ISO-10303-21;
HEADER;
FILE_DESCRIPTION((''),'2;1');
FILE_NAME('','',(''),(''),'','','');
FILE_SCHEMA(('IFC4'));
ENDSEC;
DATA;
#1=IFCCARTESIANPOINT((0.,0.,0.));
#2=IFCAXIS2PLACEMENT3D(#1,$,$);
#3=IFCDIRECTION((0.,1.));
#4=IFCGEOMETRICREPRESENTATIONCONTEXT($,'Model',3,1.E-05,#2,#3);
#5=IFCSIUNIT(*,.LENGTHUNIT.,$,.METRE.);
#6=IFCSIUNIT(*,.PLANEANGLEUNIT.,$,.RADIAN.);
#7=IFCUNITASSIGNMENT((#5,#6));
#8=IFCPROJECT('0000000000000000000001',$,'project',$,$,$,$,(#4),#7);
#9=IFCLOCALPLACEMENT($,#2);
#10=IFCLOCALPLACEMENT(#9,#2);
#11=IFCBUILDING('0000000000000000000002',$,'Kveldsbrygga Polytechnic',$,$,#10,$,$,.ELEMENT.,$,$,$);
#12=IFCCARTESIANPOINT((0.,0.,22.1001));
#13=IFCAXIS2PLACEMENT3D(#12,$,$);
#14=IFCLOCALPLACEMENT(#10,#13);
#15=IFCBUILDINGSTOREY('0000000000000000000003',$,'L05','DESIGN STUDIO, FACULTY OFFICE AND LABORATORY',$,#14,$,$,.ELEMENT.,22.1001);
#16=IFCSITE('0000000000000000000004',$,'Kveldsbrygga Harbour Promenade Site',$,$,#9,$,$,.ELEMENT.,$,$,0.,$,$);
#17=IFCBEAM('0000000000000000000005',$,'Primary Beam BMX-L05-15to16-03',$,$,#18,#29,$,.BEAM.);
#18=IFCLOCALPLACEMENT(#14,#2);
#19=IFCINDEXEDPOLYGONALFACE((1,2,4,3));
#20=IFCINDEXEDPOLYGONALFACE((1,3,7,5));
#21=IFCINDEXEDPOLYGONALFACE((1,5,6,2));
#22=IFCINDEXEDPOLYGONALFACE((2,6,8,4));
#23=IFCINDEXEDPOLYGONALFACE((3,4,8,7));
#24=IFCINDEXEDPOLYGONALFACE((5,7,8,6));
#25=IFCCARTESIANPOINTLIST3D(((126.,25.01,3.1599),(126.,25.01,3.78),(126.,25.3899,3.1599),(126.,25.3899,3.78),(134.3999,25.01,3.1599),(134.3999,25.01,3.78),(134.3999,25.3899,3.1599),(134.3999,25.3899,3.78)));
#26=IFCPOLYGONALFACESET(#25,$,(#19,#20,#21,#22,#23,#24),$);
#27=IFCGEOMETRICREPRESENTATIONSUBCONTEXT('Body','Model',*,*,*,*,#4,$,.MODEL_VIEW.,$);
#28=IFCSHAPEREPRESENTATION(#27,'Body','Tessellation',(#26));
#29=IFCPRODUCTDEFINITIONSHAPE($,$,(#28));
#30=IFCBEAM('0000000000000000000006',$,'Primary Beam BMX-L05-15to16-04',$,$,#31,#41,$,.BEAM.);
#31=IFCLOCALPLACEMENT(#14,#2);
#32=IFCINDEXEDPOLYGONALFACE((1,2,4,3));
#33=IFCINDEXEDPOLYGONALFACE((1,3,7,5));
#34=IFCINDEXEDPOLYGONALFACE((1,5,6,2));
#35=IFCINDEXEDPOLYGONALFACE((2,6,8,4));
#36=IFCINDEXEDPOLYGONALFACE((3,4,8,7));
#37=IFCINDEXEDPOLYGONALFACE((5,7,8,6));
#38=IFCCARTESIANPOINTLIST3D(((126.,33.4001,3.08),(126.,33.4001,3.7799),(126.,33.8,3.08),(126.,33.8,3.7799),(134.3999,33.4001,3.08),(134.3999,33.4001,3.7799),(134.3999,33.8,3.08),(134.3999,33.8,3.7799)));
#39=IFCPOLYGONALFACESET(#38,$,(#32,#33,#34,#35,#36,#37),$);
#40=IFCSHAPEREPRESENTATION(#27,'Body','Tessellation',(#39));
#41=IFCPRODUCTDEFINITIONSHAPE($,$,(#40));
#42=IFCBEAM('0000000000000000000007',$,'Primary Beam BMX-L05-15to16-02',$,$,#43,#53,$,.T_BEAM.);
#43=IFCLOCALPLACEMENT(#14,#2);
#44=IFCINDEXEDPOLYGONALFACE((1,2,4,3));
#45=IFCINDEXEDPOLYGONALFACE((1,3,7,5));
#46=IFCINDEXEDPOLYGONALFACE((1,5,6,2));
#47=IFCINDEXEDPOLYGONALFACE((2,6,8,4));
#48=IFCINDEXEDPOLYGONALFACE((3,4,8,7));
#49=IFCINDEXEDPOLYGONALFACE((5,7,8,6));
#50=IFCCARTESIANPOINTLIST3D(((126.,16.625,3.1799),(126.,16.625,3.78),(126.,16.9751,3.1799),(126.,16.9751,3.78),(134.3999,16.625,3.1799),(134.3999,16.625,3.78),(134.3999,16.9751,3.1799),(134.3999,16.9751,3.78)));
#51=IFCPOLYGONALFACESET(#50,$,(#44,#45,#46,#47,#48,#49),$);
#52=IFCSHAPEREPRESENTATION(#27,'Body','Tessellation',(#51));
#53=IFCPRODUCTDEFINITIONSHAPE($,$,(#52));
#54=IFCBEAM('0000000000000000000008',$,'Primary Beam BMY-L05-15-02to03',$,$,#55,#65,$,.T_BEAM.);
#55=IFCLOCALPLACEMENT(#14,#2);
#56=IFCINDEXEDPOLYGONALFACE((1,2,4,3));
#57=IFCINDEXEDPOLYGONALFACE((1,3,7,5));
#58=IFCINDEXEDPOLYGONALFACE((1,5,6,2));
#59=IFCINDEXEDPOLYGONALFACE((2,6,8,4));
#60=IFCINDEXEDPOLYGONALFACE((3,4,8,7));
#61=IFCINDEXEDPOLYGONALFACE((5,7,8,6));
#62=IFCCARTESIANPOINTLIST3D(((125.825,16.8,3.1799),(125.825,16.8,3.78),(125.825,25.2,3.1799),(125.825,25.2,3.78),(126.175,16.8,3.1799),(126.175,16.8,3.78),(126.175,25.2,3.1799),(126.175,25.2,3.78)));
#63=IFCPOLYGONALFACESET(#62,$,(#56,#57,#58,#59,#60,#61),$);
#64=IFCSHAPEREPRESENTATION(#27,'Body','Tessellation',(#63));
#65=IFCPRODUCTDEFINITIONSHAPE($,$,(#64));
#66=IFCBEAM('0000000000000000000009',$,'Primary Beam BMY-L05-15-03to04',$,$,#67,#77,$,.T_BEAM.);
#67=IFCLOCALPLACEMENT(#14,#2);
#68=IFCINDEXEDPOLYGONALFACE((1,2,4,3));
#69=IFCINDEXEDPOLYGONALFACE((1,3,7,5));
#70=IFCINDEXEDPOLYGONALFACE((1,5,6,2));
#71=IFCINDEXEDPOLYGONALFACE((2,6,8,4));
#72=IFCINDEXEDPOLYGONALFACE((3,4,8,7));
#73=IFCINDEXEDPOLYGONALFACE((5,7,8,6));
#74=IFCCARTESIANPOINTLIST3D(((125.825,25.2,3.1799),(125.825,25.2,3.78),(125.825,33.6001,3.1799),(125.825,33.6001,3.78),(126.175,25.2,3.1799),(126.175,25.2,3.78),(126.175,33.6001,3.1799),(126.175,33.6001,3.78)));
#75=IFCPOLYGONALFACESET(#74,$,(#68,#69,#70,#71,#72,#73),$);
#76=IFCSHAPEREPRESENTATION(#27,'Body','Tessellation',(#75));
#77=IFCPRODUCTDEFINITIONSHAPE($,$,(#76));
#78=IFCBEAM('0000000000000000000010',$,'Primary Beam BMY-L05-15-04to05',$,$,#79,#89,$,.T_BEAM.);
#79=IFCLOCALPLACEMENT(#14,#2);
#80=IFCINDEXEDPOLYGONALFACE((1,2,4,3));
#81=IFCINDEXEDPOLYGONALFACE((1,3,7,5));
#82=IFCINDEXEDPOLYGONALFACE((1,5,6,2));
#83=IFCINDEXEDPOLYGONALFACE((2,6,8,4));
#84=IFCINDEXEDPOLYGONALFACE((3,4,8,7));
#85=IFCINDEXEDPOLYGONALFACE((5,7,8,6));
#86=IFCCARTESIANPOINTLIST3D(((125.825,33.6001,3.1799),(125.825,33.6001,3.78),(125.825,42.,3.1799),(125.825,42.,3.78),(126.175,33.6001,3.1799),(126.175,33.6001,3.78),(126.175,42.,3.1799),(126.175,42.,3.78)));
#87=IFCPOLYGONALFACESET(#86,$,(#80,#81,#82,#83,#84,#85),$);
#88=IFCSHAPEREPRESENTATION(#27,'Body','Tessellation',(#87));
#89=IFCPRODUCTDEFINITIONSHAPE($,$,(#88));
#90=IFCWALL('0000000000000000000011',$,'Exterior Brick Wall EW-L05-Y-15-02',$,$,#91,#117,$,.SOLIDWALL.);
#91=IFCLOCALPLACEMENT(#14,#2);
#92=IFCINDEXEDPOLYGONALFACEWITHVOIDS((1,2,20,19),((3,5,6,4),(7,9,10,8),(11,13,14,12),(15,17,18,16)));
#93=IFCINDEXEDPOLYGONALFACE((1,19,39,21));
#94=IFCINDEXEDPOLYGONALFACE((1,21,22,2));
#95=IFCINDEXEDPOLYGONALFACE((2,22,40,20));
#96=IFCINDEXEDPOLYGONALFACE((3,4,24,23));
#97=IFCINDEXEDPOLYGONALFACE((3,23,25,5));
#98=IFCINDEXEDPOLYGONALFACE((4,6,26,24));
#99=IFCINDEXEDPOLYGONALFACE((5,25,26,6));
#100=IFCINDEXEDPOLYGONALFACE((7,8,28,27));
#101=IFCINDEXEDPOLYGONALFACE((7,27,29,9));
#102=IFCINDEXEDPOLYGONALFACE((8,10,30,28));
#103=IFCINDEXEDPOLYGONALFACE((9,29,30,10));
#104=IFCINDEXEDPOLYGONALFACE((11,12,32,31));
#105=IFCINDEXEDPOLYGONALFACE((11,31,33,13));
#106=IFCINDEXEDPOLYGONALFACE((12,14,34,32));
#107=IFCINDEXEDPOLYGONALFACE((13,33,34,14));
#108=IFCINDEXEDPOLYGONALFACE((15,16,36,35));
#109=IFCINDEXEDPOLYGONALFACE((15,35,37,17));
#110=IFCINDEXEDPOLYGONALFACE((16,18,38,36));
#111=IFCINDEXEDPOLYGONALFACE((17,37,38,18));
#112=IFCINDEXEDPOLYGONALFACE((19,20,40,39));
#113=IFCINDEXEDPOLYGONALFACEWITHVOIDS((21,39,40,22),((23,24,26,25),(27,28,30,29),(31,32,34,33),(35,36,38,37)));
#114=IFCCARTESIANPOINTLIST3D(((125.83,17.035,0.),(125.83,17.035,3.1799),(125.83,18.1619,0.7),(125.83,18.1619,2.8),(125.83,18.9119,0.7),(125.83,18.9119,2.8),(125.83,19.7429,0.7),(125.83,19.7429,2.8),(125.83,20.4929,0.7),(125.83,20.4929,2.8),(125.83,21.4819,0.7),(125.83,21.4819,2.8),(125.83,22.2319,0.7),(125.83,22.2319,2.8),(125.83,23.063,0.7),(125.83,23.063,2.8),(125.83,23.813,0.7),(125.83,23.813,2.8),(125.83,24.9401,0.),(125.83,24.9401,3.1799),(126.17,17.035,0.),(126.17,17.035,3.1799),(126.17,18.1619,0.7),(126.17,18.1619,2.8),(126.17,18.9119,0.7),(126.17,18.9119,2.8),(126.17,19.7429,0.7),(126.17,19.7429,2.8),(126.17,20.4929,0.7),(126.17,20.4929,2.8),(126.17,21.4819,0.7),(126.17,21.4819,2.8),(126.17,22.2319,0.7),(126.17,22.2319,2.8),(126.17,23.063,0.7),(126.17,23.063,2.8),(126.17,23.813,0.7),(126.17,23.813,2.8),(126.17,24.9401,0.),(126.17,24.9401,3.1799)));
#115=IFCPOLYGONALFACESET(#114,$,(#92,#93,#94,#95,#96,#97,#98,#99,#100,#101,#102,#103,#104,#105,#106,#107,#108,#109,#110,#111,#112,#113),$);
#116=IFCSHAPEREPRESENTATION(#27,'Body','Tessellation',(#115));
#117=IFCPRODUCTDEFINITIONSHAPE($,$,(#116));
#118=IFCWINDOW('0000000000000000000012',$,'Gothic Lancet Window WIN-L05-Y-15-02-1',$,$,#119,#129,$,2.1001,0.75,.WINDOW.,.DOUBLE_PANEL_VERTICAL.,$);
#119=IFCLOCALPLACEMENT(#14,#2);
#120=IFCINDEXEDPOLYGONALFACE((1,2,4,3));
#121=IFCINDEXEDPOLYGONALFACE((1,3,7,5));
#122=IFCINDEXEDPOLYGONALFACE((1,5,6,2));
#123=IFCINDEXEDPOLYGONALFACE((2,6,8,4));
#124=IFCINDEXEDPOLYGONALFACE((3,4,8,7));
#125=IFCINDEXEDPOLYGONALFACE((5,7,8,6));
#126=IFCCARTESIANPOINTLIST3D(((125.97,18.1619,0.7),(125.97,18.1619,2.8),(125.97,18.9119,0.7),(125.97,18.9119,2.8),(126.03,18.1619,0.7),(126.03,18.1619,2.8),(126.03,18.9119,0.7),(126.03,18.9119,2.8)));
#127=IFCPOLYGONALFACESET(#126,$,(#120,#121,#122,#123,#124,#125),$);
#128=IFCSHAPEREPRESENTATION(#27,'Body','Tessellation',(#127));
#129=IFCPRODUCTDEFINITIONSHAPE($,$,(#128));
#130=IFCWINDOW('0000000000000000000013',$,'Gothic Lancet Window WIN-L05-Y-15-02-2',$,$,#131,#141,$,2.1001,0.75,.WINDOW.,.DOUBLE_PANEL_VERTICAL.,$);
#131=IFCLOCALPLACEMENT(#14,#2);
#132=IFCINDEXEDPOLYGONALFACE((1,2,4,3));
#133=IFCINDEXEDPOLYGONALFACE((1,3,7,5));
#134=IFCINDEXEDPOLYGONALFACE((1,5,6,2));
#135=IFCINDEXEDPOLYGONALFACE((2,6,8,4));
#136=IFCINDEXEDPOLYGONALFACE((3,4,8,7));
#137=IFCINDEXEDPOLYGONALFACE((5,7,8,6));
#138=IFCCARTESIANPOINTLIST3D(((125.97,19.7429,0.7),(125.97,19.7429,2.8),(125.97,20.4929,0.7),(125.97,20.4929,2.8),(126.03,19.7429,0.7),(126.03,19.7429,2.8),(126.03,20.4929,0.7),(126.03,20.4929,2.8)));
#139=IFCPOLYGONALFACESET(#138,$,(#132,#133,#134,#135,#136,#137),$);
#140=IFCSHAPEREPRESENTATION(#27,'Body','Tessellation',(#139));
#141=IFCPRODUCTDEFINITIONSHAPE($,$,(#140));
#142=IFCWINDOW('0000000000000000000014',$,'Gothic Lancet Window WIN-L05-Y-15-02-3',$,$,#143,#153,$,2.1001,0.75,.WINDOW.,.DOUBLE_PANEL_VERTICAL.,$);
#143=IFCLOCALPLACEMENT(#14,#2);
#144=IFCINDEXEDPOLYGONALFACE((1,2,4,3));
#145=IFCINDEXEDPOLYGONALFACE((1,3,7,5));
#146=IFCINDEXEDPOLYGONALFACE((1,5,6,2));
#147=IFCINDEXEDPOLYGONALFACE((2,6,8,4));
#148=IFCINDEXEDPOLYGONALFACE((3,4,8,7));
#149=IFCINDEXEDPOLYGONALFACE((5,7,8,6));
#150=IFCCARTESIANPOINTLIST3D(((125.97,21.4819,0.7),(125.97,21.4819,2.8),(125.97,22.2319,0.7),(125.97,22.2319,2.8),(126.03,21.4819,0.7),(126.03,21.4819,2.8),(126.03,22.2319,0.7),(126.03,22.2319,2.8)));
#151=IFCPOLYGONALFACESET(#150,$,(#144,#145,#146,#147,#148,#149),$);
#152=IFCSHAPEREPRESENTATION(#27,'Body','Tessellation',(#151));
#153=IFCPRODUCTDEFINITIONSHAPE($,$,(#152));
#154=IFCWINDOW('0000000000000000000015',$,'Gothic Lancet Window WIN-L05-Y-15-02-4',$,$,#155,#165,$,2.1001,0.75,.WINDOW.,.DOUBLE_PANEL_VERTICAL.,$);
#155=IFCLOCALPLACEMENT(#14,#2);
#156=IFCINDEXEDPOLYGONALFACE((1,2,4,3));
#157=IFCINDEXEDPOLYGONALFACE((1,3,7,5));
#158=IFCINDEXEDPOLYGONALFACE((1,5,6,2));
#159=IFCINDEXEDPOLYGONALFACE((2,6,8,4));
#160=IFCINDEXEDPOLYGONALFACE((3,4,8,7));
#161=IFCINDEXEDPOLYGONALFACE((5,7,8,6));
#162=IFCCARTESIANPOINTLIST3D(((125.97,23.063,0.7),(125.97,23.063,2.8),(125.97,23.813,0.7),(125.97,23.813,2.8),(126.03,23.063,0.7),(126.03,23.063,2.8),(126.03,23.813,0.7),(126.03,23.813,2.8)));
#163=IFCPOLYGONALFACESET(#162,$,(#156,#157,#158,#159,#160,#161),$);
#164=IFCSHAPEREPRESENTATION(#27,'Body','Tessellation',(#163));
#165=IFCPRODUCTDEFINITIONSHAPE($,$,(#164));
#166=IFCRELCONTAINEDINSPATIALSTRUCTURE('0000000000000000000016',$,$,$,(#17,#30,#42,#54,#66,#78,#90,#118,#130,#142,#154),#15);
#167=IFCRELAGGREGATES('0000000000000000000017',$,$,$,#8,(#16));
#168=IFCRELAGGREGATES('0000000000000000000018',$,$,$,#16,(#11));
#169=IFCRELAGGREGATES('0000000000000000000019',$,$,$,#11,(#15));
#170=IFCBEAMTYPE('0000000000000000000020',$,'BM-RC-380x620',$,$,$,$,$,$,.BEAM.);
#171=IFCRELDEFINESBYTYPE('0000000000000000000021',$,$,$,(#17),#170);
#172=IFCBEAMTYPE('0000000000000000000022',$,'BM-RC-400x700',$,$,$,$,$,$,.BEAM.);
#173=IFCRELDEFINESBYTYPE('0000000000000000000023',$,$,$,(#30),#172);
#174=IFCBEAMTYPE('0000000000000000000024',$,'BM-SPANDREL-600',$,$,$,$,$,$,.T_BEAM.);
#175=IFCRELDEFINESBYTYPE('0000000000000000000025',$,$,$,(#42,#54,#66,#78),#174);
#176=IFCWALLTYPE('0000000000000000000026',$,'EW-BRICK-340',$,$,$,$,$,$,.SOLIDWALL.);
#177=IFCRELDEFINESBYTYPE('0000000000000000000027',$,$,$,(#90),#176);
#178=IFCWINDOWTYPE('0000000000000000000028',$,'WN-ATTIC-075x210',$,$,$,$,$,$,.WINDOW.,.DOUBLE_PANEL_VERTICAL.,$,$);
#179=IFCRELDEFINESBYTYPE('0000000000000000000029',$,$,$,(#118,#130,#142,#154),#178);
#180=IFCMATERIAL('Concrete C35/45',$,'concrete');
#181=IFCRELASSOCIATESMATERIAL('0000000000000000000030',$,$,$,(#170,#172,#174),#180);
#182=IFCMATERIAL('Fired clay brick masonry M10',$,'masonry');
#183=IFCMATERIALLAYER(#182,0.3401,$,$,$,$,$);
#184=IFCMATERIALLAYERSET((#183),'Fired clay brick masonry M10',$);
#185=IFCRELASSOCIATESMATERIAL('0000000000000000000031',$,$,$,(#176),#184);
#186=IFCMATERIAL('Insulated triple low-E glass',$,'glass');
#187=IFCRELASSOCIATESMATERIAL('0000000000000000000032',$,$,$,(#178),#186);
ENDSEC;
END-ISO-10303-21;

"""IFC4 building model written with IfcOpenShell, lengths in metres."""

from ifc_helpers import new_model, si_unit, direction, frame, frame_2d, origin, origin_2d, place, context, subcontext, project, spatial, rectangle, extrude, material, layer, layer_set, material_profile, profile_set, type_object, element, fill, save


model = new_model("IFC4")

# Units and contexts
model_context = context("Model", 3, precision=1e-05, world=origin(), true_north=direction((0.0, 1.0)))
body_context = subcontext(model_context, "Body", "Model", "MODEL_VIEW")
ifc_project = project(units=[si_unit("LENGTHUNIT", "METRE"), si_unit("PLANEANGLEUNIT", "RADIAN")], contexts=[model_context])

# Site, building, storey
site_placement = place(None, origin())
site = spatial("IfcSite", under=ifc_project, at=site_placement, Name="Kveldsbrygga Harbour Promenade Site", CompositionType="ELEMENT", RefElevation=0.0)
building_placement = place(site_placement, origin())
building = spatial("IfcBuilding", under=site, at=building_placement, Name="Kveldsbrygga Polytechnic", CompositionType="ELEMENT")
storey_placement = place(building_placement, frame((0.0, 0.0, 22.1001)))
storey = spatial("IfcBuildingStorey", under=building, at=storey_placement, Name="L05", Description="DESIGN STUDIO, FACULTY OFFICE AND LABORATORY", CompositionType="ELEMENT", Elevation=22.1001)

# Beams
ifc_material_1 = material(Name="Concrete C35/45", Category="concrete")
ifc_material_profile_1 = material_profile(ifc_material_1, rectangle(XDim=0.3799, YDim=0.6201, at=origin_2d()), Name="RC 380x620")
ifc_profile_set_1 = profile_set([ifc_material_profile_1], Name="Concrete C35/45")
beam_type_1 = type_object("IfcBeamType", Name="BM-RC-380x620", PredefinedType="BEAM", material=ifc_profile_set_1)
beam_1_placement = place(storey_placement, frame((126.0, 25.2, 3.47), z_axis=(1.0, 0.0, 0.0), x_axis=(0.0, 1.0, 0.0)))
element("IfcBeam", 1, at=beam_1_placement, inside=storey, type_object=beam_type_1, Name="Primary Beam BMX-L05-15to16-03", PredefinedType="BEAM", context=body_context, shape_type="SweptSolid", body=[
    extrude(rectangle(XDim=0.3799, YDim=0.6201, at=origin_2d()), origin(), (0.0, 0.0, 1.0), 8.3999),
])
ifc_material_profile_2 = material_profile(ifc_material_1, rectangle(XDim=0.3999, YDim=0.7, at=origin_2d()), Name="RC 400x700")
ifc_profile_set_2 = profile_set([ifc_material_profile_2], Name="Concrete C35/45")
beam_type_2 = type_object("IfcBeamType", Name="BM-RC-400x700", PredefinedType="BEAM", material=ifc_profile_set_2)
beam_2_placement = place(storey_placement, frame((126.0, 33.6001, 3.4299), z_axis=(1.0, 0.0, 0.0), x_axis=(0.0, 1.0, 0.0)))
element("IfcBeam", 2, at=beam_2_placement, inside=storey, type_object=beam_type_2, Name="Primary Beam BMX-L05-15to16-04", PredefinedType="BEAM", context=body_context, shape_type="SweptSolid", body=[
    extrude(rectangle(XDim=0.3999, YDim=0.7, at=origin_2d()), origin(), (0.0, 0.0, 1.0), 8.3999),
])
ifc_material_profile_3 = material_profile(ifc_material_1, rectangle(XDim=0.3501, YDim=0.6001, at=origin_2d()), Name="RC 350x600")
ifc_profile_set_3 = profile_set([ifc_material_profile_3], Name="Concrete C35/45")
beam_type_3 = type_object("IfcBeamType", Name="BM-SPANDREL-600", PredefinedType="T_BEAM", material=ifc_profile_set_3)
for number, where, z_axis, x_axis, name in (
    (3, (126.0, 16.8, 3.48), (1.0, 0.0, 0.0), (0.0, 1.0, 0.0), "Primary Beam BMX-L05-15to16-02"),
    (4, (126.0, 16.8, 3.48), (0.0, 1.0, 0.0), (-1.0, 0.0, 0.0), "Primary Beam BMY-L05-15-02to03"),
):
    element("IfcBeam", number, at=place(storey_placement, frame(where, z_axis=z_axis, x_axis=x_axis)), inside=storey, type_object=beam_type_3, Name=name, PredefinedType="T_BEAM", context=body_context, shape_type="SweptSolid", body=[
        extrude(rectangle(XDim=0.3501, YDim=0.6001, at=origin_2d()), origin(), (0.0, 0.0, 1.0), 8.3999),
    ])
beam_3_placement = place(storey_placement, frame((126.0, 25.2, 3.48), z_axis=(0.0, 1.0, 0.0), x_axis=(-1.0, 0.0, 0.0)))
element("IfcBeam", 5, at=beam_3_placement, inside=storey, type_object=beam_type_3, Name="Primary Beam BMY-L05-15-03to04", PredefinedType="T_BEAM", context=body_context, shape_type="SweptSolid", body=[
    extrude(rectangle(XDim=0.3501, YDim=0.6001, at=origin_2d()), origin(), (0.0, 0.0, 1.0), 8.4001),
])
beam_4_placement = place(storey_placement, frame((126.0, 33.6001, 3.48), z_axis=(0.0, 1.0, 0.0), x_axis=(-1.0, 0.0, 0.0)))
element("IfcBeam", 6, at=beam_4_placement, inside=storey, type_object=beam_type_3, Name="Primary Beam BMY-L05-15-04to05", PredefinedType="T_BEAM", context=body_context, shape_type="SweptSolid", body=[
    extrude(rectangle(XDim=0.3501, YDim=0.6001, at=origin_2d()), origin(), (0.0, 0.0, 1.0), 8.3999),
])

# Wall, openings, windows
ifc_material_2 = material(Name="Fired clay brick masonry M10", Category="masonry")
ifc_layer = layer(ifc_material_2, 0.3401)
ifc_layer_set = layer_set([ifc_layer], Name="Fired clay brick masonry M10")
wall_type = type_object("IfcWallType", Name="EW-BRICK-340", PredefinedType="SOLIDWALL", material=ifc_layer_set)
wall_placement = place(storey_placement, frame((126.0, 17.0349, 0.0), z_axis=(0.0, 0.0, 1.0), x_axis=(0.0, 1.0, 0.0)))
wall = element("IfcWall", 7, at=wall_placement, inside=storey, type_object=wall_type, Name="Exterior Brick Wall EW-L05-Y-15-02", PredefinedType="SOLIDWALL", context=body_context, shape_type="SweptSolid", body=[
    extrude(rectangle(XDim=7.905, YDim=0.3401, at=frame_2d((3.9526, 0.0))), origin(), (0.0, 0.0, 1.0), 3.1799),
])
opening_1_placement = place(wall_placement, frame((1.127, 0.0, 0.7)))
opening_1 = element("IfcOpeningElement", 8, at=opening_1_placement, cuts=wall, PredefinedType="OPENING", context=body_context, shape_type="SweptSolid", body=[
    extrude(rectangle(XDim=0.75, YDim=2.1001, at=frame_2d((0.375, 1.05))), frame((0.0, 0.1802, 0.0), z_axis=(0.0, -1.0, 0.0), x_axis=(1.0, 0.0, 0.0)), (0.0, 0.0, 1.0), 0.3601),
])
opening_2_placement = place(wall_placement, frame((2.708, 0.0, 0.7)))
opening_2 = element("IfcOpeningElement", 9, at=opening_2_placement, cuts=wall, PredefinedType="OPENING", context=body_context, shape_type="SweptSolid", body=[
    extrude(rectangle(XDim=0.75, YDim=2.1001, at=frame_2d((0.375, 1.05))), frame((0.0, 0.1802, 0.0), z_axis=(0.0, -1.0, 0.0), x_axis=(1.0, 0.0, 0.0)), (0.0, 0.0, 1.0), 0.3601),
])
opening_3_placement = place(wall_placement, frame((4.447, 0.0, 0.7)))
opening_3 = element("IfcOpeningElement", 10, at=opening_3_placement, cuts=wall, PredefinedType="OPENING", context=body_context, shape_type="SweptSolid", body=[
    extrude(rectangle(XDim=0.75, YDim=2.1001, at=frame_2d((0.375, 1.05))), frame((0.0, 0.1802, 0.0), z_axis=(0.0, -1.0, 0.0), x_axis=(1.0, 0.0, 0.0)), (0.0, 0.0, 1.0), 0.3601),
])
opening_4_placement = place(wall_placement, frame((6.0281, 0.0, 0.7)))
opening_4 = element("IfcOpeningElement", 11, at=opening_4_placement, cuts=wall, PredefinedType="OPENING", context=body_context, shape_type="SweptSolid", body=[
    extrude(rectangle(XDim=0.75, YDim=2.1001, at=frame_2d((0.375, 1.05))), frame((0.0, 0.1802, 0.0), z_axis=(0.0, -1.0, 0.0), x_axis=(1.0, 0.0, 0.0)), (0.0, 0.0, 1.0), 0.3601),
])
ifc_material_3 = material(Name="Insulated triple low-E glass", Category="glass")
window_type = type_object("IfcWindowType", Name="WN-ATTIC-075x210", PartitioningType="DOUBLE_PANEL_VERTICAL", PredefinedType="WINDOW", material=ifc_material_3)
window_1_placement = place(opening_1_placement, origin())
window_1 = element("IfcWindow", 12, at=window_1_placement, inside=storey, type_object=window_type, Name="Gothic Lancet Window WIN-L05-Y-15-02-1", OverallHeight=2.1001, OverallWidth=0.75, PartitioningType="DOUBLE_PANEL_VERTICAL", PredefinedType="WINDOW", context=body_context, shape_type="SweptSolid", body=[
    extrude(rectangle(XDim=0.75, YDim=2.1001, at=frame_2d((0.375, 1.05))), frame((0.0, 0.03, 0.0), z_axis=(0.0, -1.0, 0.0), x_axis=(1.0, 0.0, 0.0)), (0.0, 0.0, 1.0), 0.0601),
])
fill(opening_1, window_1)
window_2_placement = place(opening_2_placement, origin())
window_2 = element("IfcWindow", 13, at=window_2_placement, inside=storey, type_object=window_type, Name="Gothic Lancet Window WIN-L05-Y-15-02-2", OverallHeight=2.1001, OverallWidth=0.75, PartitioningType="DOUBLE_PANEL_VERTICAL", PredefinedType="WINDOW", context=body_context, shape_type="SweptSolid", body=[
    extrude(rectangle(XDim=0.75, YDim=2.1001, at=frame_2d((0.375, 1.05))), frame((0.0, 0.03, 0.0), z_axis=(0.0, -1.0, 0.0), x_axis=(1.0, 0.0, 0.0)), (0.0, 0.0, 1.0), 0.0601),
])
fill(opening_2, window_2)
window_3_placement = place(opening_3_placement, origin())
window_3 = element("IfcWindow", 14, at=window_3_placement, inside=storey, type_object=window_type, Name="Gothic Lancet Window WIN-L05-Y-15-02-3", OverallHeight=2.1001, OverallWidth=0.75, PartitioningType="DOUBLE_PANEL_VERTICAL", PredefinedType="WINDOW", context=body_context, shape_type="SweptSolid", body=[
    extrude(rectangle(XDim=0.75, YDim=2.1001, at=frame_2d((0.375, 1.05))), frame((0.0, 0.03, 0.0), z_axis=(0.0, -1.0, 0.0), x_axis=(1.0, 0.0, 0.0)), (0.0, 0.0, 1.0), 0.0601),
])
fill(opening_3, window_3)
window_4_placement = place(opening_4_placement, origin())
window_4 = element("IfcWindow", 15, at=window_4_placement, inside=storey, type_object=window_type, Name="Gothic Lancet Window WIN-L05-Y-15-02-4", OverallHeight=2.1001, OverallWidth=0.75, PartitioningType="DOUBLE_PANEL_VERTICAL", PredefinedType="WINDOW", context=body_context, shape_type="SweptSolid", body=[
    extrude(rectangle(XDim=0.75, YDim=2.1001, at=frame_2d((0.375, 1.05))), frame((0.0, 0.03, 0.0), z_axis=(0.0, -1.0, 0.0), x_axis=(1.0, 0.0, 0.0)), (0.0, 0.0, 1.0), 0.0601),
])
fill(opening_4, window_4)

save(model, "model.ifc")
